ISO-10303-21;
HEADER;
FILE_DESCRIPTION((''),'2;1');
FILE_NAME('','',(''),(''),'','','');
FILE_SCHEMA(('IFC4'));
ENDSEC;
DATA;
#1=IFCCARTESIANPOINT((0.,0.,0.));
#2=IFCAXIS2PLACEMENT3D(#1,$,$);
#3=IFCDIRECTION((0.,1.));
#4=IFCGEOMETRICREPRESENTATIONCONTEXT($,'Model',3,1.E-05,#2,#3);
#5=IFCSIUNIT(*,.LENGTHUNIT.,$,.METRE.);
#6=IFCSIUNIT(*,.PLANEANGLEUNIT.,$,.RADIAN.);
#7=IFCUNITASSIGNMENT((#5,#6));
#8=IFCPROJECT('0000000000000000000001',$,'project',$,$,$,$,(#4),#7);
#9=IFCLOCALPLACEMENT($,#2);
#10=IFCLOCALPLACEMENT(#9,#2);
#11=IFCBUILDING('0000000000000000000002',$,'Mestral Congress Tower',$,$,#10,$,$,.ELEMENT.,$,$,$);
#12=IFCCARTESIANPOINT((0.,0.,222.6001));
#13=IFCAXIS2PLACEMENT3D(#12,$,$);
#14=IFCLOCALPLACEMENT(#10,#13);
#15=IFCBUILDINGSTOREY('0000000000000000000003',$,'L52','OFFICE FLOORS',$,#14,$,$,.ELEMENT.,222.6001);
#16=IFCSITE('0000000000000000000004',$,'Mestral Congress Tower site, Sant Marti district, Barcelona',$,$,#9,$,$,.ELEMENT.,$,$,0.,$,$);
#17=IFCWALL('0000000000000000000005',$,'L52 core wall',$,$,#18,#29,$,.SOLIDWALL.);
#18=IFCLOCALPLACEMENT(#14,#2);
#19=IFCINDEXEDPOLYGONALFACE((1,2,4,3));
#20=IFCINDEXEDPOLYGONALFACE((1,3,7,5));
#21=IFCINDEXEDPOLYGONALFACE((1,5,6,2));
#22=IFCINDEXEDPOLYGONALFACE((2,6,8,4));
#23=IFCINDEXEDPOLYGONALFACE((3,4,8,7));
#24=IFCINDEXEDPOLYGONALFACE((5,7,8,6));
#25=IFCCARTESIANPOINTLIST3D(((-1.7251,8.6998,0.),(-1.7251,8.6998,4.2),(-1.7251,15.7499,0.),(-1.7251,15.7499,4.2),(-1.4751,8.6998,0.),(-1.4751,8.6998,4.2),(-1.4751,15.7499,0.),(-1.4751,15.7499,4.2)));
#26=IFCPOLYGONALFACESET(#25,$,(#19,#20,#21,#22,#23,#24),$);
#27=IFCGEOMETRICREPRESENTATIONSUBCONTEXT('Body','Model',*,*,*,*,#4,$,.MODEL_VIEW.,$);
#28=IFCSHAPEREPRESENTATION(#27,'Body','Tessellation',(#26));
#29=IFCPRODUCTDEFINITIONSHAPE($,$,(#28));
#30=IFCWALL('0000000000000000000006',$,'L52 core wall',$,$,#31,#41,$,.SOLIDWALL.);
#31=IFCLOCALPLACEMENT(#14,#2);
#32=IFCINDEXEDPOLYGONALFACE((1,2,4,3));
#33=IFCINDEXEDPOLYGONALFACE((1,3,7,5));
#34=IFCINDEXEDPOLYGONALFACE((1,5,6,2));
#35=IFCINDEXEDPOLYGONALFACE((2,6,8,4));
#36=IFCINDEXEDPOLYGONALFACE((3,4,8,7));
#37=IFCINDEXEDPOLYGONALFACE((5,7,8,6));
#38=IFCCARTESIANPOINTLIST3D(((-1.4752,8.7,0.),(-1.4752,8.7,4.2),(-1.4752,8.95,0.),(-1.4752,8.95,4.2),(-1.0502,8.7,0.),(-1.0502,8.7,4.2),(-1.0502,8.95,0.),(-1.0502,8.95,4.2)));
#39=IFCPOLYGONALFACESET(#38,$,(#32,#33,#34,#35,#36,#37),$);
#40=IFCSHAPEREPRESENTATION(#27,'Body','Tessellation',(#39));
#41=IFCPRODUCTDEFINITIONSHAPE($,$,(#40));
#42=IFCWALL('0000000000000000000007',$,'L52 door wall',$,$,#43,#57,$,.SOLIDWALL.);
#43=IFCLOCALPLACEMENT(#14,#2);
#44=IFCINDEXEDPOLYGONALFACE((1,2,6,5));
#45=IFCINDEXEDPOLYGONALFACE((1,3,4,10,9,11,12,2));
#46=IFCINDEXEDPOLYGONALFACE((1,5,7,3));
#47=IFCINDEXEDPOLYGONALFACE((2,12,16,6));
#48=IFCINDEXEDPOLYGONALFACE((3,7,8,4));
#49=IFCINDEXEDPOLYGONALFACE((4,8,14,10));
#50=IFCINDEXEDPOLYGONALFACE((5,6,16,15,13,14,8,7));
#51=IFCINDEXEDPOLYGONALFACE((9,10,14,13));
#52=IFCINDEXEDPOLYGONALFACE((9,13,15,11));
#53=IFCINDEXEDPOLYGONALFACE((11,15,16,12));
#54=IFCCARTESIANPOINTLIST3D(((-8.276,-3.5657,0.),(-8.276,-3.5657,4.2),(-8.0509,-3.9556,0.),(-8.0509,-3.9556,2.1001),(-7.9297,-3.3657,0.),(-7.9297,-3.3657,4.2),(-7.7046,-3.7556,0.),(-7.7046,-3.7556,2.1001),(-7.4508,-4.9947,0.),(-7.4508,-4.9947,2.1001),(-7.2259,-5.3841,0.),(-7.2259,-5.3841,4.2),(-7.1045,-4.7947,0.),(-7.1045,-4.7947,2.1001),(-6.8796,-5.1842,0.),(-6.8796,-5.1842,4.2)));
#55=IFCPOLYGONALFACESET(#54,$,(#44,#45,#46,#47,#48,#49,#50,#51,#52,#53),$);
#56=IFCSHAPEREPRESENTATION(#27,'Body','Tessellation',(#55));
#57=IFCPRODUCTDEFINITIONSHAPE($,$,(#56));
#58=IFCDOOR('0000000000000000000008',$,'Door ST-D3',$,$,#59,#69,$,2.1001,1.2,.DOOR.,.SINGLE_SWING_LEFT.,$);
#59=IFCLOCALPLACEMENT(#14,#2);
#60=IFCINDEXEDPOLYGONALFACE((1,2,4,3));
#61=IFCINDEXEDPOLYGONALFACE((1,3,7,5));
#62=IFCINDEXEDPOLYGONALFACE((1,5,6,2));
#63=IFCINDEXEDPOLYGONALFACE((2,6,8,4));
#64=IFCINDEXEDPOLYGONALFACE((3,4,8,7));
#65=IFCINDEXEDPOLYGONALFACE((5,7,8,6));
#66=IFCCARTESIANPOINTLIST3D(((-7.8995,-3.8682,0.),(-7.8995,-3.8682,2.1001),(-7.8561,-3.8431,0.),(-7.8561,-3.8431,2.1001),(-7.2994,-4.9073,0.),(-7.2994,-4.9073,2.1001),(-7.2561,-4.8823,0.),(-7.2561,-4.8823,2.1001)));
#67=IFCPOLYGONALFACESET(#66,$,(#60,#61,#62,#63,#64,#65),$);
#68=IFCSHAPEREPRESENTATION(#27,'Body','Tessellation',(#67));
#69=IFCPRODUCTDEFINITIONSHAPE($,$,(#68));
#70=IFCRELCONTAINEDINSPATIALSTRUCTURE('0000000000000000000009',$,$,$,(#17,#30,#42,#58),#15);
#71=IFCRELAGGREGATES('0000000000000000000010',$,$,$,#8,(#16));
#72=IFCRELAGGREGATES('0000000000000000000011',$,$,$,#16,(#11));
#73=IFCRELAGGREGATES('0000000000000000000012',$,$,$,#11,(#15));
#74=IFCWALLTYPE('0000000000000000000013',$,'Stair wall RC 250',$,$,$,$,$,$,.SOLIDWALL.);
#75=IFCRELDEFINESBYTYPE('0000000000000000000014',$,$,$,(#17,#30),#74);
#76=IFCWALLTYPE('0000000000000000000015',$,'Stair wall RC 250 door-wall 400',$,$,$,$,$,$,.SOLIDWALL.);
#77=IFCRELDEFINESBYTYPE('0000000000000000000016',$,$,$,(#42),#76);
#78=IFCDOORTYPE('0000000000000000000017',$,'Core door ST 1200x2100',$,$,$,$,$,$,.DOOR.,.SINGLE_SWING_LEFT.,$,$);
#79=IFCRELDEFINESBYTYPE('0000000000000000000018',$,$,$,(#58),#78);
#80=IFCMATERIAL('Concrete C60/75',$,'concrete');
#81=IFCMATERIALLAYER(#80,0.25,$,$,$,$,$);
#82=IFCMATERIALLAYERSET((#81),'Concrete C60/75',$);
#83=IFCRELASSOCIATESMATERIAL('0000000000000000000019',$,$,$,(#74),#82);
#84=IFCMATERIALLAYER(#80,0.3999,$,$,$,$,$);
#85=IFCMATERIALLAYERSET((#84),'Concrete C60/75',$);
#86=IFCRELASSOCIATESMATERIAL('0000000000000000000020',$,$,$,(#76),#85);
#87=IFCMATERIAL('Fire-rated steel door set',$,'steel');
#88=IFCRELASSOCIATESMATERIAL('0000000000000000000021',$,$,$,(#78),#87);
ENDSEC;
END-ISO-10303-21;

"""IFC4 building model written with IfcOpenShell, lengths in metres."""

from ifc_helpers import new_model, si_unit, direction, frame, frame_2d, origin, place, context, subcontext, project, spatial, rectangle, extrude, material, layer, layer_set, type_object, element, fill, save


model = new_model("IFC4")

# Units and contexts
model_context = context("Model", 3, precision=1e-05, world=origin(), true_north=direction((0.0, 1.0)))
body_context = subcontext(model_context, "Body", "Model", "MODEL_VIEW")
ifc_project = project(units=[si_unit("LENGTHUNIT", "METRE"), si_unit("PLANEANGLEUNIT", "RADIAN")], contexts=[model_context])

# Site, building, storey
site_placement = place(None, origin())
site = spatial("IfcSite", under=ifc_project, at=site_placement, Name="Mestral Congress Tower site, Sant Marti district, Barcelona", CompositionType="ELEMENT", RefElevation=0.0)
building_placement = place(site_placement, origin())
building = spatial("IfcBuilding", under=site, at=building_placement, Name="Mestral Congress Tower", CompositionType="ELEMENT")
storey_placement = place(building_placement, frame((0.0, 0.0, 222.6001)))
storey = spatial("IfcBuildingStorey", under=building, at=storey_placement, Name="L52", Description="OFFICE FLOORS", CompositionType="ELEMENT", Elevation=222.6001)

# Shared definitions
ifc_material_1 = material(Name="Fire-rated steel door set", Category="steel")

# Shared definitions
ifc_material_2 = material(Name="Concrete C60/75", Category="concrete")

# Walls
ifc_layer_1 = layer(ifc_material_2, 0.25)
ifc_layer_set_1 = layer_set([ifc_layer_1], Name="Concrete C60/75")
wall_type_1 = type_object("IfcWallType", Name="Stair wall RC 250", PredefinedType="SOLIDWALL", material=ifc_layer_set_1)
wall_1_placement = place(storey_placement, frame((-1.6001, 8.7, 0.0), z_axis=(0.0, 0.0, 1.0), x_axis=(0.0, 1.0, 0.0)))
element("IfcWall", 1, at=wall_1_placement, inside=storey, type_object=wall_type_1, Name="L52 core wall", PredefinedType="SOLIDWALL", context=body_context, shape_type="SweptSolid", body=[
    extrude(rectangle(XDim=7.05, YDim=0.25, at=frame_2d((3.5249, 0.0))), origin(), (0.0, 0.0, 1.0), 4.2),
])
wall_2_placement = place(storey_placement, frame((-1.4751, 8.825, 0.0), z_axis=(0.0, 0.0, 1.0), x_axis=(1.0, 0.0, 0.0)))
element("IfcWall", 2, at=wall_2_placement, inside=storey, type_object=wall_type_1, Name="L52 core wall", PredefinedType="SOLIDWALL", context=body_context, shape_type="SweptSolid", body=[
    extrude(rectangle(XDim=0.425, YDim=0.25, at=frame_2d((0.2124, 0.0))), origin(), (0.0, 0.0, 1.0), 4.2),
])

# Wall, opening, door
ifc_layer_2 = layer(ifc_material_2, 0.3999)
ifc_layer_set_2 = layer_set([ifc_layer_2], Name="Concrete C60/75")
wall_type_2 = type_object("IfcWallType", Name="Stair wall RC 250 door-wall 400", PredefinedType="SOLIDWALL", material=ifc_layer_set_2)
wall_3_placement = place(storey_placement, frame((-8.1028, -3.4658, 0.0), z_axis=(0.0, 0.0, 1.0), x_axis=(0.500078, -0.86598, 0.0)))
wall_3 = element("IfcWall", 3, at=wall_3_placement, inside=storey, type_object=wall_type_2, Name="L52 door wall", PredefinedType="SOLIDWALL", context=body_context, shape_type="SweptSolid", body=[
    extrude(rectangle(XDim=2.0999, YDim=0.3999, at=frame_2d((1.0498, 0.0))), origin(), (0.0, 0.0, 1.0), 4.2),
])
opening_1_placement = place(wall_3_placement, frame((0.45, 0.0, 0.0)))
opening_1 = element("IfcOpeningElement", 4, at=opening_1_placement, cuts=wall_3, PredefinedType="OPENING", context=body_context, shape_type="SweptSolid", body=[
    extrude(rectangle(XDim=1.2, YDim=2.1001, at=frame_2d((0.6001, 1.05))), frame((0.0, 0.21, 0.0), z_axis=(0.0, -1.0, 0.0), x_axis=(1.0, 0.0, 0.0)), (0.0, 0.0, 1.0), 0.4199),
])
door_type_1 = type_object("IfcDoorType", Name="Core door ST 1200x2100", OperationType="SINGLE_SWING_LEFT", PredefinedType="DOOR", material=ifc_material_1)
door_1_placement = place(opening_1_placement, origin())
door_1 = element("IfcDoor", 5, at=door_1_placement, inside=storey, type_object=door_type_1, Name="Door ST-D3", OperationType="SINGLE_SWING_LEFT", OverallHeight=2.1001, OverallWidth=1.2, PredefinedType="DOOR", context=body_context, shape_type="SweptSolid", body=[
    extrude(rectangle(XDim=1.2, YDim=2.1001, at=frame_2d((0.6001, 1.05))), frame((0.0, 0.0249, 0.0), z_axis=(0.0, -1.0, 0.0), x_axis=(1.0, 0.0, 0.0)), (0.0, 0.0, 1.0), 0.05),
])
fill(opening_1, door_1)

save(model, "model.ifc")
